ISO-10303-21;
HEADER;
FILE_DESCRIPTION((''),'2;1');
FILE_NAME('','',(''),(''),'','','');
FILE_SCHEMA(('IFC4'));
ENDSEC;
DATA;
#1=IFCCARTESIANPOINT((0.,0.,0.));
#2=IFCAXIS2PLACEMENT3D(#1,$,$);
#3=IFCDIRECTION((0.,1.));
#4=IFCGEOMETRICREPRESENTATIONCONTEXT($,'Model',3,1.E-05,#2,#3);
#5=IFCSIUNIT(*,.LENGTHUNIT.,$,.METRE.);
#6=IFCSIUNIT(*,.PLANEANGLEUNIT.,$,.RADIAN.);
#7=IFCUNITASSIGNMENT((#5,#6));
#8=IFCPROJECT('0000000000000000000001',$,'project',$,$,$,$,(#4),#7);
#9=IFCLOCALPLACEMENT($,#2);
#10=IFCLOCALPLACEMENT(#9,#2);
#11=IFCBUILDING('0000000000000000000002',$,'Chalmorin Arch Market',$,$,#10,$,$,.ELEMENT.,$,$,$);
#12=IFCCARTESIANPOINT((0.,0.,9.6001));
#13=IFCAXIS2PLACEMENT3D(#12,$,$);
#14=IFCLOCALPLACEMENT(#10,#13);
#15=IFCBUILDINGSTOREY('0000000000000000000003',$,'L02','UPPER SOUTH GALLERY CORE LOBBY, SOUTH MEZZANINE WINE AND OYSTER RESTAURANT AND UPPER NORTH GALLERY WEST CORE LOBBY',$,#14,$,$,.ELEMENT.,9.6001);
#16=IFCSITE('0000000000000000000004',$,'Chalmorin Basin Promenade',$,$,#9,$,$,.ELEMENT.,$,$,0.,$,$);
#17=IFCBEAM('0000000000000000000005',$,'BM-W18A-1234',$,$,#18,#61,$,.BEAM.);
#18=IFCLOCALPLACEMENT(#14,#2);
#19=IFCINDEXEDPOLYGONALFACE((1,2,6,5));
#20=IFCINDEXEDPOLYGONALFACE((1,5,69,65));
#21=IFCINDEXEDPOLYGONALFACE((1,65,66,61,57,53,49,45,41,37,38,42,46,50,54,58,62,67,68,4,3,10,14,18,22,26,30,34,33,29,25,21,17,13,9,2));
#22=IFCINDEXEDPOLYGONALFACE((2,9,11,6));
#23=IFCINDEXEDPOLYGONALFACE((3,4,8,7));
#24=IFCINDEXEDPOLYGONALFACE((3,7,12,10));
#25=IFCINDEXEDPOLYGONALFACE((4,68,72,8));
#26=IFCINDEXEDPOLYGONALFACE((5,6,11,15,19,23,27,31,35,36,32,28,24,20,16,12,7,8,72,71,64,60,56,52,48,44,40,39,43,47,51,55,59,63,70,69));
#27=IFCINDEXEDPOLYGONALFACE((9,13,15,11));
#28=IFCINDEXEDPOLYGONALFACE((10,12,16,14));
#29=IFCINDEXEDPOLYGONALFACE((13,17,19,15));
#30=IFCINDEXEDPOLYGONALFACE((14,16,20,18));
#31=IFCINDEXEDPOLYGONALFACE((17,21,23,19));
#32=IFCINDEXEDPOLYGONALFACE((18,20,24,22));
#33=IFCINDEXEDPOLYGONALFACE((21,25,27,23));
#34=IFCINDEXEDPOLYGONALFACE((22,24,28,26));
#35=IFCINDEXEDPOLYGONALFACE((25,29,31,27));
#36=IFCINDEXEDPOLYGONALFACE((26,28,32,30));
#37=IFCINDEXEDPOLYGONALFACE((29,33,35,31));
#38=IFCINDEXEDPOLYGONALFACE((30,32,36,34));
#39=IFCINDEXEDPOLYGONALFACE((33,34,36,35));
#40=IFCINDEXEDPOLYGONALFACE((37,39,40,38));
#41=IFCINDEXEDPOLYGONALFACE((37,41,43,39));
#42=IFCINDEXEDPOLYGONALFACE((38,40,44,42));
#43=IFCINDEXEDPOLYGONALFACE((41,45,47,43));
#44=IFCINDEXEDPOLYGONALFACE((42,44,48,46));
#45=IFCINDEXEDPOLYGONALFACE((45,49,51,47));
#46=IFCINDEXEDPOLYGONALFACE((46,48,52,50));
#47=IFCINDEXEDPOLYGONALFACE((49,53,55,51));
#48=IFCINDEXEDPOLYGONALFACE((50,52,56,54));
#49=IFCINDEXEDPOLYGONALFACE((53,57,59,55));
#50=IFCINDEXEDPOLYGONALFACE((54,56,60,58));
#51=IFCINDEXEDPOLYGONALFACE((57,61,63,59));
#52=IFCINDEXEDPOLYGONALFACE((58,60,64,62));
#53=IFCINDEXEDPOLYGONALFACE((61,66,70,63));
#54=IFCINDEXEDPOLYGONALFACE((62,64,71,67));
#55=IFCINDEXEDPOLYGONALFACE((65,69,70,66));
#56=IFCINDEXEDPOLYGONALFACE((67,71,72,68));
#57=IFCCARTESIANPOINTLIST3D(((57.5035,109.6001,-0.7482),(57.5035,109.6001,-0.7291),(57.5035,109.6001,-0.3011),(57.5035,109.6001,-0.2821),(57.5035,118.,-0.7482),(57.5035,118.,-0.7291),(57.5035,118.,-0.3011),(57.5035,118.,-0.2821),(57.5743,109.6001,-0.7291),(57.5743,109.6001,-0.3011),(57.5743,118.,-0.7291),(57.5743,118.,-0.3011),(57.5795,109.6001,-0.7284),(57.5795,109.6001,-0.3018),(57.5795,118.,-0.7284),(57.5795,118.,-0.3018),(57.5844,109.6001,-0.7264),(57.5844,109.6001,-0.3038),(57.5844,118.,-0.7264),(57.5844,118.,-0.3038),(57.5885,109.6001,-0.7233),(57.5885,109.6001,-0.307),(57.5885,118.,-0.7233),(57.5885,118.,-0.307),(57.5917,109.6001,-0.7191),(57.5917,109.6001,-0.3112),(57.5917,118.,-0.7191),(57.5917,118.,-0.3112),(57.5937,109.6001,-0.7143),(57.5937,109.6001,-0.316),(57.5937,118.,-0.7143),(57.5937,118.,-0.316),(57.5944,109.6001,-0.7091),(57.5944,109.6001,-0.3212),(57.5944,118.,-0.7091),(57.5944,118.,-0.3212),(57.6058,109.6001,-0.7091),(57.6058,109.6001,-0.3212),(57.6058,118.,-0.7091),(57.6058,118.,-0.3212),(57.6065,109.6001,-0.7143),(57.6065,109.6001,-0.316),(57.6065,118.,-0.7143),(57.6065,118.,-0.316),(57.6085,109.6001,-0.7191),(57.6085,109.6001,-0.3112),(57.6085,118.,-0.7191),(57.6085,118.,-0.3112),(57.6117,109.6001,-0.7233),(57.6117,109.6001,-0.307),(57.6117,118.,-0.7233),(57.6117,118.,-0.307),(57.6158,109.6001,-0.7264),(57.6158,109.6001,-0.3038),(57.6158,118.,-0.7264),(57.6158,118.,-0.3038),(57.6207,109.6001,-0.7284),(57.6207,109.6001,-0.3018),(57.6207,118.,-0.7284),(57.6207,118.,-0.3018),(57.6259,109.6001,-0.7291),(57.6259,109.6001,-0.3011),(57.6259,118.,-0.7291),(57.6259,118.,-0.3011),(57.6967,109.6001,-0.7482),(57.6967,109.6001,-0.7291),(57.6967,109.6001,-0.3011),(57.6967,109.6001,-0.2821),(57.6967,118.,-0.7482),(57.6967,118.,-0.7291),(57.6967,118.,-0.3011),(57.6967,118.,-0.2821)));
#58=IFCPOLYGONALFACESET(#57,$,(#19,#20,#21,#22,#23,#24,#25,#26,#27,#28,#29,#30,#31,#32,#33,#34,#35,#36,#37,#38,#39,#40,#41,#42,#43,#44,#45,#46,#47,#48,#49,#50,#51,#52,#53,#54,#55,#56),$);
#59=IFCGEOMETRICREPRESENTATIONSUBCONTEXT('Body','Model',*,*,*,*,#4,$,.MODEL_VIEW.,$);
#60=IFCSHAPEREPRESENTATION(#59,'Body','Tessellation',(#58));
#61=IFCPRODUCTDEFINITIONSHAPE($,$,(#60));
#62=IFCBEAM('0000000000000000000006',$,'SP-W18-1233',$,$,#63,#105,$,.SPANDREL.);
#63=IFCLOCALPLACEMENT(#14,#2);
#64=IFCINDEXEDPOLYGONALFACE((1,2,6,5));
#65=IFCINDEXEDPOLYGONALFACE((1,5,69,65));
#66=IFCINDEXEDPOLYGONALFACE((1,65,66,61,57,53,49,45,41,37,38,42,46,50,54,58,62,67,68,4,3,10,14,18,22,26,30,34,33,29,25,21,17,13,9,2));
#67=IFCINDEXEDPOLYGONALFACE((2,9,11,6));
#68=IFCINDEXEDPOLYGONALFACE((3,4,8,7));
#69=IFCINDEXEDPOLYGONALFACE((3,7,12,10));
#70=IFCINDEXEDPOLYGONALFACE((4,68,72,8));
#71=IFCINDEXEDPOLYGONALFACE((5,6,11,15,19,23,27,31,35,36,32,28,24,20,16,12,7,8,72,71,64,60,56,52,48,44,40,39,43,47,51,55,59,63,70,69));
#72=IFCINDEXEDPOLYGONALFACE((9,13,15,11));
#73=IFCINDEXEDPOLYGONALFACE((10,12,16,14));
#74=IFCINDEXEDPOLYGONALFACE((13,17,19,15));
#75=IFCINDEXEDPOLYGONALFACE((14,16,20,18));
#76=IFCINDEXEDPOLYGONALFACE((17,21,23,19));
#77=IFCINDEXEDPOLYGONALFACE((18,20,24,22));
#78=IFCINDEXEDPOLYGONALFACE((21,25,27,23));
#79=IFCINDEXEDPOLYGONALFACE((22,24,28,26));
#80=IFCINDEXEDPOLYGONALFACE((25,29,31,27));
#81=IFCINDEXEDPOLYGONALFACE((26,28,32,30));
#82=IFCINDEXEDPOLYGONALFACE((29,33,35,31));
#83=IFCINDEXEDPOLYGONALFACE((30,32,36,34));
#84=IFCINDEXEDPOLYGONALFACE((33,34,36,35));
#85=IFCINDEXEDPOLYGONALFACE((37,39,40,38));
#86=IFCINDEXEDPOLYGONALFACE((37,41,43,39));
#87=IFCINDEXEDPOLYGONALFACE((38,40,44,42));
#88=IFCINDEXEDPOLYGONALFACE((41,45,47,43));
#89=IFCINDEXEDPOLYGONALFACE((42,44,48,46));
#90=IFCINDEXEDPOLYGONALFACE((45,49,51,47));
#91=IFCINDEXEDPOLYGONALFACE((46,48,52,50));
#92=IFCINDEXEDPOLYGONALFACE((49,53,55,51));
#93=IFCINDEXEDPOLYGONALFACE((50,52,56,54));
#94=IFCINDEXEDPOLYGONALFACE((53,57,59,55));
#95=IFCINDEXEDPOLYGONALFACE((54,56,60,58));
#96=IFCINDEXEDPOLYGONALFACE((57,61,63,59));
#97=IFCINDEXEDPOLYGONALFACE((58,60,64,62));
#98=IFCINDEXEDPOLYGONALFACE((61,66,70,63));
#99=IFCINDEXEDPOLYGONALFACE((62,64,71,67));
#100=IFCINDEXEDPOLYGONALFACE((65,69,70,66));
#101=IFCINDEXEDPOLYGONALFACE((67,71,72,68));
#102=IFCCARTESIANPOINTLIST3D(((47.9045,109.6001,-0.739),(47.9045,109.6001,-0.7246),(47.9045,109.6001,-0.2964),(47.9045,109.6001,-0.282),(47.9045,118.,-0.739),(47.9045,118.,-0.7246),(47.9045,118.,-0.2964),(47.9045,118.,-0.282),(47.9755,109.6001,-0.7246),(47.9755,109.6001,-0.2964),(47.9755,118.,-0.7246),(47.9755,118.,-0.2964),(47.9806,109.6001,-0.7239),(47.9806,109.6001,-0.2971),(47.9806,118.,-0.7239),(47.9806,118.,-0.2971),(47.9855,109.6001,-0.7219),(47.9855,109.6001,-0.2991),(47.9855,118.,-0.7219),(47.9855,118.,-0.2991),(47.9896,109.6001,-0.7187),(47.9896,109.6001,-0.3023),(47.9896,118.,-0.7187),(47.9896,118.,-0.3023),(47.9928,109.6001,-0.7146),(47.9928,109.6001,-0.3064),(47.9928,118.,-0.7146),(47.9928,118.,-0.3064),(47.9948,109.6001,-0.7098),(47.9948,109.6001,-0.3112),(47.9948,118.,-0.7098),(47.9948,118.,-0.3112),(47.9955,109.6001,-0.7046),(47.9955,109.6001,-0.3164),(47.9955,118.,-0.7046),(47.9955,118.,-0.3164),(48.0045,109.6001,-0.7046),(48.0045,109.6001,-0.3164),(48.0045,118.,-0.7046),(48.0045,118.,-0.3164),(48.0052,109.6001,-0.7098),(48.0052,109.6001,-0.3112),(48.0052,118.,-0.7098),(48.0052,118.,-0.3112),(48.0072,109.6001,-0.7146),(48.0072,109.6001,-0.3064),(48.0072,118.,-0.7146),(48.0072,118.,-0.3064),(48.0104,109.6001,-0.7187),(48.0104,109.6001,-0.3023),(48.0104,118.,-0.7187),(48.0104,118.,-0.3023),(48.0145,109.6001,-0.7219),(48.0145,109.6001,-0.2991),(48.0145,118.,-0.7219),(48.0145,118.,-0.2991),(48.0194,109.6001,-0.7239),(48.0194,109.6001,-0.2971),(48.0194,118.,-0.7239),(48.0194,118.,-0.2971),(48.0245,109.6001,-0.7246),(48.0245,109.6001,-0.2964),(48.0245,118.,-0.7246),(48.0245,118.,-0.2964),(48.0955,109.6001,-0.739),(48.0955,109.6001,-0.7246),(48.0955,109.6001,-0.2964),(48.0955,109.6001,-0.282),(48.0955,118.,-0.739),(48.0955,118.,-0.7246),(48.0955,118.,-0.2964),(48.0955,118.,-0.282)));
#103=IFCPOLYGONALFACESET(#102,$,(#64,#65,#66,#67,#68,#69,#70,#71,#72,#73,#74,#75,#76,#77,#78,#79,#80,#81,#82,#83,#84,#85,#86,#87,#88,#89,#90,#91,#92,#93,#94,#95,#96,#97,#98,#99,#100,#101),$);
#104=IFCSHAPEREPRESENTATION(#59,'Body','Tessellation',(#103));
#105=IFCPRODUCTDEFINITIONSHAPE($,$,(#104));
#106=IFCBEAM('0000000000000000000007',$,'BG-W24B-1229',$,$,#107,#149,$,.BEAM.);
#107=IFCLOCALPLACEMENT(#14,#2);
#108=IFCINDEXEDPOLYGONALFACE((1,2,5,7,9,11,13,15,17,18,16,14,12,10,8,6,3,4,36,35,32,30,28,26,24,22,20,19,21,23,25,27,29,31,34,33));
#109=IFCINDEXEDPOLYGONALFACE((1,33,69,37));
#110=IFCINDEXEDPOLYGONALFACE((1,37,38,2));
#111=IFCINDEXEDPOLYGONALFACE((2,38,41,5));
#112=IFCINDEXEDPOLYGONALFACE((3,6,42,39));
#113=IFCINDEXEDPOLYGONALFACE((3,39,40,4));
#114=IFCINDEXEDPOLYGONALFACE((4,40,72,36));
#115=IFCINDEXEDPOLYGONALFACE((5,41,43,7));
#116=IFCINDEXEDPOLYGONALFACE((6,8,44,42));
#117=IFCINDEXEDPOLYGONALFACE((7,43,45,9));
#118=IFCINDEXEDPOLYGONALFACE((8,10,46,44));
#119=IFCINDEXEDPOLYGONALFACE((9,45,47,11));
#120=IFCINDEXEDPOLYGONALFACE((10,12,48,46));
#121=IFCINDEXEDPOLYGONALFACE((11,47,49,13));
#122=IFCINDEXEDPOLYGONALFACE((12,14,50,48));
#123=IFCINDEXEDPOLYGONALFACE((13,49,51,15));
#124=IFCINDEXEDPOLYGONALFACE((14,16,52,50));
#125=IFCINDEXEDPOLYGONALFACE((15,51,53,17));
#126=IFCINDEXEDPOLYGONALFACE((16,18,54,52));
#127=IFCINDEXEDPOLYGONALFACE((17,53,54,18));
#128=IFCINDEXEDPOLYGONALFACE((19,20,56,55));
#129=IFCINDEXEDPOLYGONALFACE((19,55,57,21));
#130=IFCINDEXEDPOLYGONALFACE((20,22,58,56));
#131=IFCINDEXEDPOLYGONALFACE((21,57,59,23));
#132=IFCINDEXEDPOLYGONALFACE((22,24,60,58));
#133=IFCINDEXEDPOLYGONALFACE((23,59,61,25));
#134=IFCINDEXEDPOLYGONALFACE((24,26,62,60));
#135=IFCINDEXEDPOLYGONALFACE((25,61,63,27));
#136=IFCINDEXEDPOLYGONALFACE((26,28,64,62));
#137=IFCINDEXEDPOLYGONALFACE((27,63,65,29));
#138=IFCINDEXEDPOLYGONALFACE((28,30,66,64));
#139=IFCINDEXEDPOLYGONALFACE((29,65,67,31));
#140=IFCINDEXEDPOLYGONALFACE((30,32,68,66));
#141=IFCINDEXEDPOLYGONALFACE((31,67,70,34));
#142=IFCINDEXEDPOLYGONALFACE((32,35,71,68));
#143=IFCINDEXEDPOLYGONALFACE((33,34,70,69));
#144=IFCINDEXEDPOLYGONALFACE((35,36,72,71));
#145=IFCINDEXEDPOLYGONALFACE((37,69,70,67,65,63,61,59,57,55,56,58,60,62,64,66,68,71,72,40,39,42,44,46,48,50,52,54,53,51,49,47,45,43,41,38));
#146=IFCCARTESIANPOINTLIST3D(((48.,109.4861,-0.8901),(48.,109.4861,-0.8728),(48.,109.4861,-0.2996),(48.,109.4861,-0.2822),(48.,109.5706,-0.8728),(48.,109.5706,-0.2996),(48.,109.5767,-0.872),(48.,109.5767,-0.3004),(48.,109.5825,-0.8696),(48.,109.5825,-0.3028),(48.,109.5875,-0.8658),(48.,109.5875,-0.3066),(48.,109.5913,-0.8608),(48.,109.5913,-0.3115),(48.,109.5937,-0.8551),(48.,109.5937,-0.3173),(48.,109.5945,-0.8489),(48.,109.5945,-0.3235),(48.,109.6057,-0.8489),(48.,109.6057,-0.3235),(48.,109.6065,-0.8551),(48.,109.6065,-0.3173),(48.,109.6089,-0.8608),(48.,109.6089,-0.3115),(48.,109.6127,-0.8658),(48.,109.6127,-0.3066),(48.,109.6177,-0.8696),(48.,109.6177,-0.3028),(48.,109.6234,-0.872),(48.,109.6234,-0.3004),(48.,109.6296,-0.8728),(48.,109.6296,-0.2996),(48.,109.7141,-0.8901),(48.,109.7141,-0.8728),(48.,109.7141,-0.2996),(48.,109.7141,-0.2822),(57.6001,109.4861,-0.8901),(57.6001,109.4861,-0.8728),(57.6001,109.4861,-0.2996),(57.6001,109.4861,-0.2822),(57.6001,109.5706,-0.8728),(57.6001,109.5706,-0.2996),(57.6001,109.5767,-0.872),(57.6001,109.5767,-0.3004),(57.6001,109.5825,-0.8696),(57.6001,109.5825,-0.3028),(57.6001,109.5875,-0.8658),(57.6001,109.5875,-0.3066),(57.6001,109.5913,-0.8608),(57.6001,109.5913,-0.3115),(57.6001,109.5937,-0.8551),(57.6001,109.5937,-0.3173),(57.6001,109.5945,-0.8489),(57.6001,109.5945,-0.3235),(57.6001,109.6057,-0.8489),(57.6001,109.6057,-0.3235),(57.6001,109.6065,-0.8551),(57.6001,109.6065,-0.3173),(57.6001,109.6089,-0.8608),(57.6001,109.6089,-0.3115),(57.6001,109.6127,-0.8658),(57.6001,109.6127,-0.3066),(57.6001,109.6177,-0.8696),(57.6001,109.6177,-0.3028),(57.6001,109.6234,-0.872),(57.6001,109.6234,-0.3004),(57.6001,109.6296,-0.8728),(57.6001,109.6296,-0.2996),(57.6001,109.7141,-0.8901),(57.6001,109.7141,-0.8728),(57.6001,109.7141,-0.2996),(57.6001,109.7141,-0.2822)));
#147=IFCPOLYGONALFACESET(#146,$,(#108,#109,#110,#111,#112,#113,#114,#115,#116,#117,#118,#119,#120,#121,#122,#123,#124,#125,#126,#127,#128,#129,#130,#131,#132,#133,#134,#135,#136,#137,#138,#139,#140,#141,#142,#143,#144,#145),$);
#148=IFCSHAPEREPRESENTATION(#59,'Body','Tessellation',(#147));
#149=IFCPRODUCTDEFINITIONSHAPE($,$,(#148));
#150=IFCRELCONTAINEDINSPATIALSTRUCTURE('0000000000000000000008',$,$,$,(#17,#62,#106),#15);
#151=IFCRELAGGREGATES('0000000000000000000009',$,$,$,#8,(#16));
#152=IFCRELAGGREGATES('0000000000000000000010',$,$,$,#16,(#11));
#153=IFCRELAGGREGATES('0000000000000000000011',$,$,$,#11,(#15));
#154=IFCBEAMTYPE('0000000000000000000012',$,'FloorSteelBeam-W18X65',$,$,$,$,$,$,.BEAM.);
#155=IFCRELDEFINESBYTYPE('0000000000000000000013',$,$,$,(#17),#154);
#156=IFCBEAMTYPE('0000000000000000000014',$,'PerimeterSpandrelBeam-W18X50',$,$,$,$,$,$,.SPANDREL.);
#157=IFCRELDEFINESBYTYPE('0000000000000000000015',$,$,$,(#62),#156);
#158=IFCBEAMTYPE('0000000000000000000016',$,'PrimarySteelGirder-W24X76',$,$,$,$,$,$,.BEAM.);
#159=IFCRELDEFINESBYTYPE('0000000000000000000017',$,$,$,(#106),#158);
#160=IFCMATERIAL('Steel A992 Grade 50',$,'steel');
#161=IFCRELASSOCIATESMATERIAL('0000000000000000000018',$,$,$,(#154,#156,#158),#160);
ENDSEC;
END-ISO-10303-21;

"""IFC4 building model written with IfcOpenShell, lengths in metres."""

from ifc_helpers import new_model, si_unit, direction, frame, origin, origin_2d, place, context, subcontext, project, spatial, i_section, extrude, material, material_profile, profile_set, type_object, element, save


model = new_model("IFC4")

# Units and contexts
model_context = context("Model", 3, precision=1e-05, world=origin(), true_north=direction((0.0, 1.0)))
body_context = subcontext(model_context, "Body", "Model", "MODEL_VIEW")
ifc_project = project(units=[si_unit("LENGTHUNIT", "METRE"), si_unit("PLANEANGLEUNIT", "RADIAN")], contexts=[model_context])

# Site, building, storey
site_placement = place(None, origin())
site = spatial("IfcSite", under=ifc_project, at=site_placement, Name="Chalmorin Basin Promenade", CompositionType="ELEMENT", RefElevation=0.0)
building_placement = place(site_placement, origin())
building = spatial("IfcBuilding", under=site, at=building_placement, Name="Chalmorin Arch Market", CompositionType="ELEMENT")
storey_placement = place(building_placement, frame((0.0, 0.0, 9.6001)))
storey = spatial("IfcBuildingStorey", under=building, at=storey_placement, Name="L02", Description="UPPER SOUTH GALLERY CORE LOBBY, SOUTH MEZZANINE WINE AND OYSTER RESTAURANT AND UPPER NORTH GALLERY WEST CORE LOBBY", CompositionType="ELEMENT", Elevation=9.6001)

# Beams
ifc_material_1 = material(Name="Steel A992 Grade 50", Category="steel")
ifc_material_profile_1 = material_profile(ifc_material_1, i_section(OverallWidth=0.1931, OverallDepth=0.4661, WebThickness=0.0115, FlangeThickness=0.019, FilletRadius=0.02, at=origin_2d()), Name="W18X65")
ifc_profile_set_1 = profile_set([ifc_material_profile_1], Name="Steel A992 Grade 50")
beam_type_1 = type_object("IfcBeamType", Name="FloorSteelBeam-W18X65", PredefinedType="BEAM", material=ifc_profile_set_1)
beam_1_placement = place(storey_placement, frame((57.6001, 109.6001, -0.5151), z_axis=(0.0, 1.0, 0.0), x_axis=(-1.0, 0.0, 0.0)))
element("IfcBeam", 1, at=beam_1_placement, inside=storey, type_object=beam_type_1, Name="BM-W18A-1234", PredefinedType="BEAM", context=body_context, shape_type="SweptSolid", body=[
    extrude(i_section(OverallWidth=0.1931, OverallDepth=0.4661, WebThickness=0.0115, FlangeThickness=0.019, FilletRadius=0.02, at=origin_2d()), origin(), (0.0, 0.0, 1.0), 8.3999),
])
ifc_material_profile_2 = material_profile(ifc_material_1, i_section(OverallWidth=0.1909, OverallDepth=0.457, WebThickness=0.009, FlangeThickness=0.0144, FilletRadius=0.02, at=origin_2d()), Name="W18X50")
ifc_profile_set_2 = profile_set([ifc_material_profile_2], Name="Steel A992 Grade 50")
beam_type_2 = type_object("IfcBeamType", Name="PerimeterSpandrelBeam-W18X50", PredefinedType="SPANDREL", material=ifc_profile_set_2)
beam_2_placement = place(storey_placement, frame((48.0, 109.6001, -0.5105), z_axis=(0.0, 1.0, 0.0), x_axis=(-1.0, 0.0, 0.0)))
element("IfcBeam", 2, at=beam_2_placement, inside=storey, type_object=beam_type_2, Name="SP-W18-1233", PredefinedType="SPANDREL", context=body_context, shape_type="SweptSolid", body=[
    extrude(i_section(OverallWidth=0.1909, OverallDepth=0.457, WebThickness=0.009, FlangeThickness=0.0144, FilletRadius=0.02, at=origin_2d()), origin(), (0.0, 0.0, 1.0), 8.3999),
])
ifc_material_profile_3 = material_profile(ifc_material_1, i_section(OverallWidth=0.228, OverallDepth=0.6079, WebThickness=0.0112, FlangeThickness=0.0173, FilletRadius=0.0239, at=origin_2d()), Name="W24X76")
ifc_profile_set_3 = profile_set([ifc_material_profile_3], Name="Steel A992 Grade 50")
beam_type_3 = type_object("IfcBeamType", Name="PrimarySteelGirder-W24X76", PredefinedType="BEAM", material=ifc_profile_set_3)
beam_3_placement = place(storey_placement, frame((48.0, 109.6001, -0.5862), z_axis=(1.0, 0.0, 0.0), x_axis=(0.0, 1.0, 0.0)))
element("IfcBeam", 3, at=beam_3_placement, inside=storey, type_object=beam_type_3, Name="BG-W24B-1229", PredefinedType="BEAM", context=body_context, shape_type="SweptSolid", body=[
    extrude(i_section(OverallWidth=0.228, OverallDepth=0.6079, WebThickness=0.0112, FlangeThickness=0.0173, FilletRadius=0.0239, at=origin_2d()), origin(), (0.0, 0.0, 1.0), 9.6001),
])

save(model, "model.ifc")
